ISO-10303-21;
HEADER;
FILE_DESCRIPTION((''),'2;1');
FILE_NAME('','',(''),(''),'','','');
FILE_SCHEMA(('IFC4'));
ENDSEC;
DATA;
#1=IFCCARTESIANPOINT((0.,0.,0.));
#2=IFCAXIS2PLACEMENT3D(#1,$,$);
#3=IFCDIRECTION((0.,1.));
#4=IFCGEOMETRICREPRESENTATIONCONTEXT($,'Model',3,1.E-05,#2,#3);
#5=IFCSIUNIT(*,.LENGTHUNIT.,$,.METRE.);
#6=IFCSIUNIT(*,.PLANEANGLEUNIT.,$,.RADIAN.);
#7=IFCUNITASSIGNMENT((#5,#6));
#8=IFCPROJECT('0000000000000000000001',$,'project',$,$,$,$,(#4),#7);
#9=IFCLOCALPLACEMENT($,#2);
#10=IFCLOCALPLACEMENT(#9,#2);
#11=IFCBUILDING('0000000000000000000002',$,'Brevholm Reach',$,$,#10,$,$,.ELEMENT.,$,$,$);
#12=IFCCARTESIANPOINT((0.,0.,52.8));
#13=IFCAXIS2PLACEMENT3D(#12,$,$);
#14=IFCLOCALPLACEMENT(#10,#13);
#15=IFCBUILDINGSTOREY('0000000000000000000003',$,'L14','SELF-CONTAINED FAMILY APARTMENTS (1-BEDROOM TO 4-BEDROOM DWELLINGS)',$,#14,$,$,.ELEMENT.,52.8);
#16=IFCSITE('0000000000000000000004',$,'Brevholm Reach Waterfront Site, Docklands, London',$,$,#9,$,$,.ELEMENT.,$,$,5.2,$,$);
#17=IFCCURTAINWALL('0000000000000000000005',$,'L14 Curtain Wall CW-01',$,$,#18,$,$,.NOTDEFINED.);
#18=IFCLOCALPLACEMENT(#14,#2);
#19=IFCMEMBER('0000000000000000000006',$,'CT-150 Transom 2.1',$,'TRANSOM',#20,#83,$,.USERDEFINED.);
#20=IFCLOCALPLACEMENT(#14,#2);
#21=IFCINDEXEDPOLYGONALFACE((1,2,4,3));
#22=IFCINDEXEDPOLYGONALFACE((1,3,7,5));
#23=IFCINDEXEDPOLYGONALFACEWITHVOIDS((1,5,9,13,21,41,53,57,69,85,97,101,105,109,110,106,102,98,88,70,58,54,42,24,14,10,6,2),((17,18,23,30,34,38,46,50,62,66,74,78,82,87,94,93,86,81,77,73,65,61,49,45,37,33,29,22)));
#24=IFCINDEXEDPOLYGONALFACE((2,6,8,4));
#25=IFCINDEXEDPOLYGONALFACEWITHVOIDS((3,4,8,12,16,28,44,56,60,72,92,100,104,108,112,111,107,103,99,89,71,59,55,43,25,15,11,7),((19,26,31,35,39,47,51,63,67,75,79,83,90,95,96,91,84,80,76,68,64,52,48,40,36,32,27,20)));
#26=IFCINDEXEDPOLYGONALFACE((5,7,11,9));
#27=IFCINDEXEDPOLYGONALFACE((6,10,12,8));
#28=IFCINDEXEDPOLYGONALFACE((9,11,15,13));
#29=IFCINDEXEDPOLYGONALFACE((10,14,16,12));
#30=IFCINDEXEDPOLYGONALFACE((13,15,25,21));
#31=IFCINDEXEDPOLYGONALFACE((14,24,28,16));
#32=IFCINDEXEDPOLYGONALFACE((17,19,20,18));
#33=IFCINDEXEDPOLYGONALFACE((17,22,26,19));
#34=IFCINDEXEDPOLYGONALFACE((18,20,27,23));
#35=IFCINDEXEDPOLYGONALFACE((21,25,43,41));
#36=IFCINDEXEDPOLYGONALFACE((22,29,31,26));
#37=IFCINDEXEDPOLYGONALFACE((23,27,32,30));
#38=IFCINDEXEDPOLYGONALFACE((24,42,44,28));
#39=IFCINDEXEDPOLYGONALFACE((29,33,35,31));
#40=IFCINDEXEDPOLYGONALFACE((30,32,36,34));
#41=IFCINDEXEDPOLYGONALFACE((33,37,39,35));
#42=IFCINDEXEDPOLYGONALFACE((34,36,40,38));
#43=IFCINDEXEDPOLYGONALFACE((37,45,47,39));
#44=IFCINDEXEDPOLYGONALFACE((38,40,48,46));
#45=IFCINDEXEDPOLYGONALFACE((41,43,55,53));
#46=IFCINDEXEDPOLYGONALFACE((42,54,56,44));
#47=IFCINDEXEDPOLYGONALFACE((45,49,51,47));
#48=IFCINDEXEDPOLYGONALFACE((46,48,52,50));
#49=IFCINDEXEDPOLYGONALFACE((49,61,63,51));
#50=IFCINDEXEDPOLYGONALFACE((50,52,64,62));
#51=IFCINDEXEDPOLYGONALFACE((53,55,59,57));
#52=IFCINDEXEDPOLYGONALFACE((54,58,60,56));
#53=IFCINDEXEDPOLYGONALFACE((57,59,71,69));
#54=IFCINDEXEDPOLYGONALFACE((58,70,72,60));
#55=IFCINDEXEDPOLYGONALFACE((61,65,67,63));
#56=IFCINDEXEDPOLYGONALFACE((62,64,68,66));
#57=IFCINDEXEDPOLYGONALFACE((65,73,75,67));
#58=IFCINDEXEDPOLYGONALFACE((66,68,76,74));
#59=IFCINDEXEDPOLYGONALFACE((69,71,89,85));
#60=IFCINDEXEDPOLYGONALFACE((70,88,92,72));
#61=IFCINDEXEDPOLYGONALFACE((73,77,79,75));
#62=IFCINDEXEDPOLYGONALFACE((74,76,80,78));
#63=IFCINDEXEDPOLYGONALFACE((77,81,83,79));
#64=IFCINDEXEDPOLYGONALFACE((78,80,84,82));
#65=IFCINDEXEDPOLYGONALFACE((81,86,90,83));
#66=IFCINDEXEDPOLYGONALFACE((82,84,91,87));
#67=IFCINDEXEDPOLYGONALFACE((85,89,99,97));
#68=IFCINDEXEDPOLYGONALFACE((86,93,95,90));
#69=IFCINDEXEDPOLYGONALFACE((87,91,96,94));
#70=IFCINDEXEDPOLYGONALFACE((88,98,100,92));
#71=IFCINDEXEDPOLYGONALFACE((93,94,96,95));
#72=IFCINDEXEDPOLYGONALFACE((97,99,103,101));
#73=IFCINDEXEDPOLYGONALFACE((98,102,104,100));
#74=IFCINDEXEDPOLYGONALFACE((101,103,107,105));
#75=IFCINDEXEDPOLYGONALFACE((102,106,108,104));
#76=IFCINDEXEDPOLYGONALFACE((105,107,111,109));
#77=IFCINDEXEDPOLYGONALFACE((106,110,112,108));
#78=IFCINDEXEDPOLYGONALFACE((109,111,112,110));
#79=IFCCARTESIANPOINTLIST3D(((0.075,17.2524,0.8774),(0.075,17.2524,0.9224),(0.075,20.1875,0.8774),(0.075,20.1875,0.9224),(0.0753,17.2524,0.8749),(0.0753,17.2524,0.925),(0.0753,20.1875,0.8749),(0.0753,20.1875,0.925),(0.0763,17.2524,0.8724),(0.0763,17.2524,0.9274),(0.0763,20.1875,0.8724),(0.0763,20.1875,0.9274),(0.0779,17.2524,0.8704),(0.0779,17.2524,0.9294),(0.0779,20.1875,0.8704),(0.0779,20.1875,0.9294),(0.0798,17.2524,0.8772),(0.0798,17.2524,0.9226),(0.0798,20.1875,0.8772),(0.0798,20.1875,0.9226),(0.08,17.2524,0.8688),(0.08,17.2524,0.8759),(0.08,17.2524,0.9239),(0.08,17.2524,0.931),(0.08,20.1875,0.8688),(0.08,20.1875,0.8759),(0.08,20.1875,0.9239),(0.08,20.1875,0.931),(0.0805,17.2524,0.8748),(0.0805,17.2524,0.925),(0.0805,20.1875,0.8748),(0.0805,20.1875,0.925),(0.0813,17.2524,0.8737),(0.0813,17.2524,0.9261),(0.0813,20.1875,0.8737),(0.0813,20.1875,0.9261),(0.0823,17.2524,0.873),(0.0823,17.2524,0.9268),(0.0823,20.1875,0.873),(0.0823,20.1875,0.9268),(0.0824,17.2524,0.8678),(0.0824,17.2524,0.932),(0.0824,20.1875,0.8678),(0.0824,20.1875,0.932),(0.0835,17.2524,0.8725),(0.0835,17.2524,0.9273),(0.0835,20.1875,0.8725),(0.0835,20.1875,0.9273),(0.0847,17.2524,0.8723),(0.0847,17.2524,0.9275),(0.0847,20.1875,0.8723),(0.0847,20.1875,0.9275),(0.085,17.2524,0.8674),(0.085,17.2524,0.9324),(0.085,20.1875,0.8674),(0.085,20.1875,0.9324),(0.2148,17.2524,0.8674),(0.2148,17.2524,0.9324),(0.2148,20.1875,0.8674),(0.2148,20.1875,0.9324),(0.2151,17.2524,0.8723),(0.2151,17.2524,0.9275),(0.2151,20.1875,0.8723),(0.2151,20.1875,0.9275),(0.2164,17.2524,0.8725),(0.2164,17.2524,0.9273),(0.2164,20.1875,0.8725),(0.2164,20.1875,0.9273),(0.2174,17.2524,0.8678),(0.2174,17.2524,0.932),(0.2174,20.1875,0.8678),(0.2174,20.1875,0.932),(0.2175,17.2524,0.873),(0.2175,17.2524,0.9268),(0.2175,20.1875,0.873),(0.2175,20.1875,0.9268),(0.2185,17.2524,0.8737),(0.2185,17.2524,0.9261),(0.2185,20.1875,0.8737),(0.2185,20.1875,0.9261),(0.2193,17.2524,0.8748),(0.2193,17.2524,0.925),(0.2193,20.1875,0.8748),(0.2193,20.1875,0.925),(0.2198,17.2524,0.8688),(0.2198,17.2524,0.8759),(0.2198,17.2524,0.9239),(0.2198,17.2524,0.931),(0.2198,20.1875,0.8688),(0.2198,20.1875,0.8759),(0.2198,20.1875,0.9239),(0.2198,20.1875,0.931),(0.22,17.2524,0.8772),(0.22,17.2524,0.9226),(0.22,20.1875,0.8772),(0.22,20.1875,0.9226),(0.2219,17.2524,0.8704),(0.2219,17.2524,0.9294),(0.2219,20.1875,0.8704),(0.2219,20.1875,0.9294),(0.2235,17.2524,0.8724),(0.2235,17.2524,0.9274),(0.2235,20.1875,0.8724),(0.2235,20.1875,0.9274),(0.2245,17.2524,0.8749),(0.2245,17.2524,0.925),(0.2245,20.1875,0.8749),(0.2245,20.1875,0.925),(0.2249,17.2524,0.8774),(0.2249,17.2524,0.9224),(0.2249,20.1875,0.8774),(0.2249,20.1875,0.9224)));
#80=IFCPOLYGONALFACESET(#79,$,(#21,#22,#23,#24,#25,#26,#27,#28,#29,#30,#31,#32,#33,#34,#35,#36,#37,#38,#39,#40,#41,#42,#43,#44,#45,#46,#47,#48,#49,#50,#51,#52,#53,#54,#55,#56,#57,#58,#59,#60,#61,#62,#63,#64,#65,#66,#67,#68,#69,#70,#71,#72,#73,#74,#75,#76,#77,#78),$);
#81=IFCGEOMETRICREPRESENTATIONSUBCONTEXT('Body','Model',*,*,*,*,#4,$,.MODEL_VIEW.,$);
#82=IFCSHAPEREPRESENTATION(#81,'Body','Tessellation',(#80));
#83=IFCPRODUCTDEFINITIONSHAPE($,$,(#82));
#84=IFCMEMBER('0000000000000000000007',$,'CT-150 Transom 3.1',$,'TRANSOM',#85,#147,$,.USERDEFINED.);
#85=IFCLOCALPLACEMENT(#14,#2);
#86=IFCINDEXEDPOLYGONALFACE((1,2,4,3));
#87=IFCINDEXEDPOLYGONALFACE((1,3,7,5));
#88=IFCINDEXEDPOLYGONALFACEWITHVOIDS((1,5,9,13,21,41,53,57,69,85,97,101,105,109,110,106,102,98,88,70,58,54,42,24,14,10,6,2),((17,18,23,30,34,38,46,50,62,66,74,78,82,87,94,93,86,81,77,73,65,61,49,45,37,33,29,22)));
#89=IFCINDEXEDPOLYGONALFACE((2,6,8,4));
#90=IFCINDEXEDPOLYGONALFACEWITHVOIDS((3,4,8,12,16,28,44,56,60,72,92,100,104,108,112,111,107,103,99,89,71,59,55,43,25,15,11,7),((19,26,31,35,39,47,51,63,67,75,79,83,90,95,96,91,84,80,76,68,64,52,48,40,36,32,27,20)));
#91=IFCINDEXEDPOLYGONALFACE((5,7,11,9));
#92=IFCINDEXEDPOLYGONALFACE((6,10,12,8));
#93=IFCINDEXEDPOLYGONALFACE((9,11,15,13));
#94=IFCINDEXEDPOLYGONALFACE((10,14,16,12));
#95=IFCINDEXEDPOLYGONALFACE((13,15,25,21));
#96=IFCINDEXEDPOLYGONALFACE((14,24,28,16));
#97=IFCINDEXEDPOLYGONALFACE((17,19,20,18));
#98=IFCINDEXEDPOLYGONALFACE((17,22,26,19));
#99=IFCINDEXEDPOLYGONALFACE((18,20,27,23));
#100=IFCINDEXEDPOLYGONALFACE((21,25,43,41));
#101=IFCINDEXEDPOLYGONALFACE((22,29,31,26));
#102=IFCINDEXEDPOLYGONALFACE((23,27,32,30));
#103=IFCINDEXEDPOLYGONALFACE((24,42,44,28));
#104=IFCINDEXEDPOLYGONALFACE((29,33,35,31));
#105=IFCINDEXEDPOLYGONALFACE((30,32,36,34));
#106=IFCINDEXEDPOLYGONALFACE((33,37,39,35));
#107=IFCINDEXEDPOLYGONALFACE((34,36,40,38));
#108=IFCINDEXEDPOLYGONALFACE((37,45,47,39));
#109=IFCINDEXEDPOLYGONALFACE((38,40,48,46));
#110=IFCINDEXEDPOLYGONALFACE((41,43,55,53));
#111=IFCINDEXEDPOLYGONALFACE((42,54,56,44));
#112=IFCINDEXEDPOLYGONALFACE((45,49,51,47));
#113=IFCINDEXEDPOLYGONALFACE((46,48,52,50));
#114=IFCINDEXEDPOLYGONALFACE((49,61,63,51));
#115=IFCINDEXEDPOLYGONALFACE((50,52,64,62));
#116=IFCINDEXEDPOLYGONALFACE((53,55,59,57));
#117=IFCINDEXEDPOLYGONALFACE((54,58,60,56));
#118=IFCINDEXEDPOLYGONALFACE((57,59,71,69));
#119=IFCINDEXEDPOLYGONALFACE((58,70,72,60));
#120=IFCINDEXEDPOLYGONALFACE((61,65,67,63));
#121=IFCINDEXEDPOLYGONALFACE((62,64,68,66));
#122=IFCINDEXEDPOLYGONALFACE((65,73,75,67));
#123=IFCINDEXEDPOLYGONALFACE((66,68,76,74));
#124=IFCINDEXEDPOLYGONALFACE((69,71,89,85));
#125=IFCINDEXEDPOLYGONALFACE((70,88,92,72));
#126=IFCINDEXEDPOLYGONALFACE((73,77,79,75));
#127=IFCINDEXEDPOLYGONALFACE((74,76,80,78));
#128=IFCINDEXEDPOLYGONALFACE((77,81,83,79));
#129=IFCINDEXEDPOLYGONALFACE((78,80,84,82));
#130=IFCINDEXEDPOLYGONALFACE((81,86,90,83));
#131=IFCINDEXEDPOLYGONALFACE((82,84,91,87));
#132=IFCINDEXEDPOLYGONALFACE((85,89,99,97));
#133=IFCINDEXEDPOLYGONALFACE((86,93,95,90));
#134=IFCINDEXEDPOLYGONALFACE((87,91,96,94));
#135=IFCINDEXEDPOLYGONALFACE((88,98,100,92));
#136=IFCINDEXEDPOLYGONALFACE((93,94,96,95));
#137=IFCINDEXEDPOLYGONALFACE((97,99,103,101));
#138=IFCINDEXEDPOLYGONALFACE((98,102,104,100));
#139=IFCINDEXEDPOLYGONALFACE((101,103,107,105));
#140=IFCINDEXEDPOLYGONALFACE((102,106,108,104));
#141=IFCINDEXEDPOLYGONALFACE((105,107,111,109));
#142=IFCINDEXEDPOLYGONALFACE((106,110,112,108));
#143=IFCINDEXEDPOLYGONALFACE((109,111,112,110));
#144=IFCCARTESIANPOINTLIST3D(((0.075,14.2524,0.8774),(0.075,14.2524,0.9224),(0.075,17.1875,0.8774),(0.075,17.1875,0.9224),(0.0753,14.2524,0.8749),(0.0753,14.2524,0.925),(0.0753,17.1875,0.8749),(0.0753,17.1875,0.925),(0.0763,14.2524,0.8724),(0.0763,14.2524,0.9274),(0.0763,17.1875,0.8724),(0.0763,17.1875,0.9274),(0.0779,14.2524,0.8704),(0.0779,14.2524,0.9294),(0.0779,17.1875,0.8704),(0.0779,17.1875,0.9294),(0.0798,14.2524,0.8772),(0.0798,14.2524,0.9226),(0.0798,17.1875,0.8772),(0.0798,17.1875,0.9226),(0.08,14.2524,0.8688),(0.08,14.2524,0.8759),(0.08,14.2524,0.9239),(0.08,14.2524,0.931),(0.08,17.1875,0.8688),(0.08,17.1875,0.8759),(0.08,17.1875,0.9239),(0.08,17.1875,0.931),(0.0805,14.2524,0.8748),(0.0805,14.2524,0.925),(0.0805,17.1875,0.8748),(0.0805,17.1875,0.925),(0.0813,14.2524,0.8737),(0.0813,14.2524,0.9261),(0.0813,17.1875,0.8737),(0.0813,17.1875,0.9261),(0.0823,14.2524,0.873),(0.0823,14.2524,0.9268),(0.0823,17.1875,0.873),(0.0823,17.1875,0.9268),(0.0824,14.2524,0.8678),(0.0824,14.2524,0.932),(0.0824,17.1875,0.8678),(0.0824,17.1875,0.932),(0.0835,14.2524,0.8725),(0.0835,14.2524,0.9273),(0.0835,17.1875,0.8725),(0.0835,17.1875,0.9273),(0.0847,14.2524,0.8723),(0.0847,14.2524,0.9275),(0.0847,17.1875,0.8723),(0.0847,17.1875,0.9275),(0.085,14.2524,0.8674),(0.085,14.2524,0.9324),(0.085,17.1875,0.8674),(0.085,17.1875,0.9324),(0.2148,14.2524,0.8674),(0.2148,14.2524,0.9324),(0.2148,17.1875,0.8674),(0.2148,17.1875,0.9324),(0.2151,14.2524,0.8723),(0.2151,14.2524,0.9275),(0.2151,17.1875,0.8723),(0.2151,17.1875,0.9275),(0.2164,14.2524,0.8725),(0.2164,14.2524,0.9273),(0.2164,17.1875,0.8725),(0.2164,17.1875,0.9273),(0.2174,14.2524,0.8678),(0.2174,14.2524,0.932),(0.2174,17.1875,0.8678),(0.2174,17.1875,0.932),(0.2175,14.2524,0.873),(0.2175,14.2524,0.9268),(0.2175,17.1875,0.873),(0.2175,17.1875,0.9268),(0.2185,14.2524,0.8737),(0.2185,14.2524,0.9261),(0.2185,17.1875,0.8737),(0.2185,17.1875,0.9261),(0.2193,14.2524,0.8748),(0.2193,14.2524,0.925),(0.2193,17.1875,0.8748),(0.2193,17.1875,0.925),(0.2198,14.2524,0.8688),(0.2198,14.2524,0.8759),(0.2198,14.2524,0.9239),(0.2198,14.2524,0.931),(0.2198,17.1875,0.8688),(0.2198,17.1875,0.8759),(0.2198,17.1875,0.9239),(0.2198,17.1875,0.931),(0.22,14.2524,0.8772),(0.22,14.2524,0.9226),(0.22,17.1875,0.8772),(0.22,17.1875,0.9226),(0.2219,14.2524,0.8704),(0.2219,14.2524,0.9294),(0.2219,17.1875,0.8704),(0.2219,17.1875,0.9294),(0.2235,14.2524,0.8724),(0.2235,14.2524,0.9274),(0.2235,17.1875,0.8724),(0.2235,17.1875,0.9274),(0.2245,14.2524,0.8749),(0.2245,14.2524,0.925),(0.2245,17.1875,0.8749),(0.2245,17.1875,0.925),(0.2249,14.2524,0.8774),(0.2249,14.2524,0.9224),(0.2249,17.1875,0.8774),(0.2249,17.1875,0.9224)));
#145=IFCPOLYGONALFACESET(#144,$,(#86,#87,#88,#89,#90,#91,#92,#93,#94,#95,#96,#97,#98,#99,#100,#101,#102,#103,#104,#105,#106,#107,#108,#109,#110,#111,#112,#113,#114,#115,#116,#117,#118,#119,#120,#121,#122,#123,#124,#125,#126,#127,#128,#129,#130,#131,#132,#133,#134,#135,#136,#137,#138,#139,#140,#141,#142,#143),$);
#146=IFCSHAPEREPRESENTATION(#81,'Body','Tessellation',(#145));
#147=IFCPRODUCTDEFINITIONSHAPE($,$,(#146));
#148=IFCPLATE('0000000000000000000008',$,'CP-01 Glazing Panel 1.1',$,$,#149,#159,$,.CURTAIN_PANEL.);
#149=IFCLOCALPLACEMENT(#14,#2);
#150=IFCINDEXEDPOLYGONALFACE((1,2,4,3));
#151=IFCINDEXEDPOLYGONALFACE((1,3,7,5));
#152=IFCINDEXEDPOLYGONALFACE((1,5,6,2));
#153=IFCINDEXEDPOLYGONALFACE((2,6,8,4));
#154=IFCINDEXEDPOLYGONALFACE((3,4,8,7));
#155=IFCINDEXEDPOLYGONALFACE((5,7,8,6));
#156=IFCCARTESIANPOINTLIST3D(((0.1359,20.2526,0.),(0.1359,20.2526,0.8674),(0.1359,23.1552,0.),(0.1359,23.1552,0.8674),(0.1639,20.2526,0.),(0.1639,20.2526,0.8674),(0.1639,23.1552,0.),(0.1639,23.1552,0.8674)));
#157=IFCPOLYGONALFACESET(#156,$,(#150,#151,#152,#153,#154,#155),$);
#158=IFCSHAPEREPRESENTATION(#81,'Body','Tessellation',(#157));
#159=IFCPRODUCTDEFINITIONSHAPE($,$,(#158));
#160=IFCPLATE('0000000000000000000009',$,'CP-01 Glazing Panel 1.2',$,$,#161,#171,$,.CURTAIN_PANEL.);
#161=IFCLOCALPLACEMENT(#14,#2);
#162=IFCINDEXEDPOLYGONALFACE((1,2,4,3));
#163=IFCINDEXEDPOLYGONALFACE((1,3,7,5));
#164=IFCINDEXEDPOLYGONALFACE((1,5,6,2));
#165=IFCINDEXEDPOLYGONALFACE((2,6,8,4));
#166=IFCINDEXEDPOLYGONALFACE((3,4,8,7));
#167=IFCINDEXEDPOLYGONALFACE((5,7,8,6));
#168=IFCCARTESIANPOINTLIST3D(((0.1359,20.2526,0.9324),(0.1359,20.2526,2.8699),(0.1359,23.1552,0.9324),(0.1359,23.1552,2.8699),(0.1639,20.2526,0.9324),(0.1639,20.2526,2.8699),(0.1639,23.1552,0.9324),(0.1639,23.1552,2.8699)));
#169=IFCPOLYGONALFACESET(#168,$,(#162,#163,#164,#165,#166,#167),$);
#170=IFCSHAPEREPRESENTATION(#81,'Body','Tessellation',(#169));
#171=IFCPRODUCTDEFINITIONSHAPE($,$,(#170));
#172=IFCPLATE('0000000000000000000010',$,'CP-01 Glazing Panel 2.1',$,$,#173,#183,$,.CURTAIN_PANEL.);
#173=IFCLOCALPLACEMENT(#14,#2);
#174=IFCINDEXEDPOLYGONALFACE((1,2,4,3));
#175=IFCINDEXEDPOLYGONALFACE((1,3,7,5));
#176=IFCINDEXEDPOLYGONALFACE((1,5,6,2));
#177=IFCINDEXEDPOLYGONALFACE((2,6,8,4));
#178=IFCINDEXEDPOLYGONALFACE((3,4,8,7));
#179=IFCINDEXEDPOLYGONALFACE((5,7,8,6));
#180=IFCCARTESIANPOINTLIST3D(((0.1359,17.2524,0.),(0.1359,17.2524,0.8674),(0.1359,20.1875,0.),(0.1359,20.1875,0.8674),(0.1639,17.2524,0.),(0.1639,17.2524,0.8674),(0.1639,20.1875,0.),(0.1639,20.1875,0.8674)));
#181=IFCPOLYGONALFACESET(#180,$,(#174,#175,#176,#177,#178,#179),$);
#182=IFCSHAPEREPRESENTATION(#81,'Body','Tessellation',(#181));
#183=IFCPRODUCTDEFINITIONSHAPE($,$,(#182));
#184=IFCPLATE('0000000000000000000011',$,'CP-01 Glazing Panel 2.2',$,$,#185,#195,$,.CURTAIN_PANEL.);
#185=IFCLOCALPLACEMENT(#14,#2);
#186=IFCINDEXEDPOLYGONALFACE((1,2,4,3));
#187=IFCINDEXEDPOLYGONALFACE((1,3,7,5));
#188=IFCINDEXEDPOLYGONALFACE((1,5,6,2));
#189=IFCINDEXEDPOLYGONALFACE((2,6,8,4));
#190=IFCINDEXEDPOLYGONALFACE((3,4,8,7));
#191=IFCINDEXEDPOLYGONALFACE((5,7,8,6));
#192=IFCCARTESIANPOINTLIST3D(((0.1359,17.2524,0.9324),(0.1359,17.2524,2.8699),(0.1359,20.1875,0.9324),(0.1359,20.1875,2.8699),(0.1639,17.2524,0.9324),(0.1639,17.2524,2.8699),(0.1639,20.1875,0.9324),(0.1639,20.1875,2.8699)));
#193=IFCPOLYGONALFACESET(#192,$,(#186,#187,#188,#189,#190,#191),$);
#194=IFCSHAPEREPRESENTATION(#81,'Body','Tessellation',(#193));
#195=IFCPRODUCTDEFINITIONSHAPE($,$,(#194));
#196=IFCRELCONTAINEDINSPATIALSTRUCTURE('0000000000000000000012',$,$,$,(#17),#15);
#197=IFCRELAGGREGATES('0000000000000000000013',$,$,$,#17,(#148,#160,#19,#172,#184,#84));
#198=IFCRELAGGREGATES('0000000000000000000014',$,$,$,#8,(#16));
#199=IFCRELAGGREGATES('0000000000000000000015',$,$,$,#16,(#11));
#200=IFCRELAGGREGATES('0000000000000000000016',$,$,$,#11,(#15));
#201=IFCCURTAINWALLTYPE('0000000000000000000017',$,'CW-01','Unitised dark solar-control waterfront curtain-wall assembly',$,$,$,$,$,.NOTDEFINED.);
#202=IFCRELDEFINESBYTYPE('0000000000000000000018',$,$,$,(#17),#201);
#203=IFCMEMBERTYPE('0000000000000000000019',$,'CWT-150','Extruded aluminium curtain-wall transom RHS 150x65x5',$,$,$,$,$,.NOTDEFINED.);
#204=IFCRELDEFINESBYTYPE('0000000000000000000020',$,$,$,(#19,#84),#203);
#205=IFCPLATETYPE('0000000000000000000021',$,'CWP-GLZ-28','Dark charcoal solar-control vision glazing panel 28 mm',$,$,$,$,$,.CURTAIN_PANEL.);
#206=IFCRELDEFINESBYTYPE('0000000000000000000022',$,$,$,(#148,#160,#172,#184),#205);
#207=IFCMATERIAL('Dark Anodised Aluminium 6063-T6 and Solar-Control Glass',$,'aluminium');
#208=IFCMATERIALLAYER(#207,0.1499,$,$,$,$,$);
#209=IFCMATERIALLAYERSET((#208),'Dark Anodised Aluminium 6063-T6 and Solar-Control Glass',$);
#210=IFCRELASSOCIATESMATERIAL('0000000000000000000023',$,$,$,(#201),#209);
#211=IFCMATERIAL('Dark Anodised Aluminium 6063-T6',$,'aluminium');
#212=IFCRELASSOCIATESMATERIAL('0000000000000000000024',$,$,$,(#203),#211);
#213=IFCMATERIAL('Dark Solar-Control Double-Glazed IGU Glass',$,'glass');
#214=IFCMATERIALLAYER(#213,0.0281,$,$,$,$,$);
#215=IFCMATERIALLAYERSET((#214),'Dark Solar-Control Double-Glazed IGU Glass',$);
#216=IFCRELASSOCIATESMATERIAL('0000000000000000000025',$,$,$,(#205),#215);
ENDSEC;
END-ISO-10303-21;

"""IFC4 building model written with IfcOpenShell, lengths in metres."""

from ifc_helpers import new_model, si_unit, direction, frame, origin, origin_2d, place, context, subcontext, project, spatial, rectangle, hollow_rectangle, extrude, material, layer, layer_set, material_profile, profile_set, type_object, element, aggregate, save


model = new_model("IFC4")

# Units and contexts
model_context = context("Model", 3, precision=1e-05, world=origin(), true_north=direction((0.0, 1.0)))
body_context = subcontext(model_context, "Body", "Model", "MODEL_VIEW")
ifc_project = project(units=[si_unit("LENGTHUNIT", "METRE"), si_unit("PLANEANGLEUNIT", "RADIAN")], contexts=[model_context])

# Site, building, storey
site_placement = place(None, origin())
site = spatial("IfcSite", under=ifc_project, at=site_placement, Name="Brevholm Reach Waterfront Site, Docklands, London", CompositionType="ELEMENT", RefElevation=5.2)
building_placement = place(site_placement, origin())
building = spatial("IfcBuilding", under=site, at=building_placement, Name="Brevholm Reach", CompositionType="ELEMENT")
storey_placement = place(building_placement, frame((0.0, 0.0, 52.8)))
storey = spatial("IfcBuildingStorey", under=building, at=storey_placement, Name="L14", Description="SELF-CONTAINED FAMILY APARTMENTS (1-BEDROOM TO 4-BEDROOM DWELLINGS)", CompositionType="ELEMENT", Elevation=52.8)

# Curtain wall, members, plates
ifc_material_1 = material(Name="Dark Anodised Aluminium 6063-T6 and Solar-Control Glass", Category="aluminium")
ifc_layer_1 = layer(ifc_material_1, 0.1499)
ifc_layer_set_1 = layer_set([ifc_layer_1], Name="Dark Anodised Aluminium 6063-T6 and Solar-Control Glass")
curtain_wall_type = type_object("IfcCurtainWallType", Name="CW-01", Description="Unitised dark solar-control waterfront curtain-wall assembly", PredefinedType="NOTDEFINED", material=ifc_layer_set_1)
curtain_wall_placement = place(storey_placement, origin())
curtain_wall = element("IfcCurtainWall", 1, at=curtain_wall_placement, inside=storey, type_object=curtain_wall_type, Name="L14 Curtain Wall CW-01", PredefinedType="NOTDEFINED")
ifc_material_2 = material(Name="Dark Anodised Aluminium 6063-T6", Category="aluminium")
ifc_material_profile_1 = material_profile(ifc_material_2, hollow_rectangle(XDim=0.0649, YDim=0.1499, WallThickness=0.0049, InnerFilletRadius=0.0049, OuterFilletRadius=0.01, at=origin_2d()), Name="RHS 150x65x5")
ifc_profile_set_1 = profile_set([ifc_material_profile_1], Name="Dark Anodised Aluminium 6063-T6")
member_type_1 = type_object("IfcMemberType", Name="CWT-150", Description="Extruded aluminium curtain-wall transom RHS 150x65x5", PredefinedType="NOTDEFINED", material=ifc_profile_set_1)
member_1_placement = place(storey_placement, frame((0.1499, 20.1875, 0.8999), z_axis=(0.0, -1.0, 0.0), x_axis=(0.0, 0.0, 1.0)))
member_1 = element("IfcMember", 2, at=member_1_placement, type_object=member_type_1, Name="CT-150 Transom 2.1", ObjectType="TRANSOM", PredefinedType="USERDEFINED", context=body_context, shape_type="SweptSolid", body=[
    extrude(hollow_rectangle(XDim=0.0649, YDim=0.1499, WallThickness=0.0049, InnerFilletRadius=0.0049, OuterFilletRadius=0.01, at=origin_2d()), origin(), (0.0, 0.0, 1.0), 2.9351),
])
member_2_placement = place(storey_placement, frame((0.1499, 17.1875, 0.8999), z_axis=(0.0, -1.0, 0.0), x_axis=(0.0, 0.0, 1.0)))
member_2 = element("IfcMember", 3, at=member_2_placement, type_object=member_type_1, Name="CT-150 Transom 3.1", ObjectType="TRANSOM", PredefinedType="USERDEFINED", context=body_context, shape_type="SweptSolid", body=[
    extrude(hollow_rectangle(XDim=0.0649, YDim=0.1499, WallThickness=0.0049, InnerFilletRadius=0.0049, OuterFilletRadius=0.01, at=origin_2d()), origin(), (0.0, 0.0, 1.0), 2.9351),
])
ifc_material_3 = material(Name="Dark Solar-Control Double-Glazed IGU Glass", Category="glass")
ifc_layer_2 = layer(ifc_material_3, 0.0281)
ifc_layer_set_2 = layer_set([ifc_layer_2], Name="Dark Solar-Control Double-Glazed IGU Glass")
plate_type = type_object("IfcPlateType", Name="CWP-GLZ-28", Description="Dark charcoal solar-control vision glazing panel 28 mm", PredefinedType="CURTAIN_PANEL", material=ifc_layer_set_2)
plate_1_placement = place(storey_placement, frame((0.1499, 21.7039, 0.0), z_axis=(0.0, 0.0, 1.0), x_axis=(0.0, -1.0, 0.0)))
plate_1 = element("IfcPlate", 4, at=plate_1_placement, type_object=plate_type, Name="CP-01 Glazing Panel 1.1", PredefinedType="CURTAIN_PANEL", context=body_context, shape_type="SweptSolid", body=[
    extrude(rectangle(XDim=2.9026, YDim=0.0281, at=origin_2d()), origin(), (0.0, 0.0, 1.0), 0.8674),
])
plate_2_placement = place(storey_placement, frame((0.1499, 21.7039, 0.9324), z_axis=(0.0, 0.0, 1.0), x_axis=(0.0, -1.0, 0.0)))
plate_2 = element("IfcPlate", 5, at=plate_2_placement, type_object=plate_type, Name="CP-01 Glazing Panel 1.2", PredefinedType="CURTAIN_PANEL", context=body_context, shape_type="SweptSolid", body=[
    extrude(rectangle(XDim=2.9026, YDim=0.0281, at=origin_2d()), origin(), (0.0, 0.0, 1.0), 1.9375),
])
plate_3_placement = place(storey_placement, frame((0.1499, 18.72, 0.0), z_axis=(0.0, 0.0, 1.0), x_axis=(0.0, -1.0, 0.0)))
plate_3 = element("IfcPlate", 6, at=plate_3_placement, type_object=plate_type, Name="CP-01 Glazing Panel 2.1", PredefinedType="CURTAIN_PANEL", context=body_context, shape_type="SweptSolid", body=[
    extrude(rectangle(XDim=2.9351, YDim=0.0281, at=origin_2d()), origin(), (0.0, 0.0, 1.0), 0.8674),
])
plate_4_placement = place(storey_placement, frame((0.1499, 18.72, 0.9324), z_axis=(0.0, 0.0, 1.0), x_axis=(0.0, -1.0, 0.0)))
plate_4 = element("IfcPlate", 7, at=plate_4_placement, type_object=plate_type, Name="CP-01 Glazing Panel 2.2", PredefinedType="CURTAIN_PANEL", context=body_context, shape_type="SweptSolid", body=[
    extrude(rectangle(XDim=2.9351, YDim=0.0281, at=origin_2d()), origin(), (0.0, 0.0, 1.0), 1.9375),
])
aggregate(curtain_wall, [plate_1, plate_2, member_1, plate_3, plate_4, member_2])

save(model, "model.ifc")
